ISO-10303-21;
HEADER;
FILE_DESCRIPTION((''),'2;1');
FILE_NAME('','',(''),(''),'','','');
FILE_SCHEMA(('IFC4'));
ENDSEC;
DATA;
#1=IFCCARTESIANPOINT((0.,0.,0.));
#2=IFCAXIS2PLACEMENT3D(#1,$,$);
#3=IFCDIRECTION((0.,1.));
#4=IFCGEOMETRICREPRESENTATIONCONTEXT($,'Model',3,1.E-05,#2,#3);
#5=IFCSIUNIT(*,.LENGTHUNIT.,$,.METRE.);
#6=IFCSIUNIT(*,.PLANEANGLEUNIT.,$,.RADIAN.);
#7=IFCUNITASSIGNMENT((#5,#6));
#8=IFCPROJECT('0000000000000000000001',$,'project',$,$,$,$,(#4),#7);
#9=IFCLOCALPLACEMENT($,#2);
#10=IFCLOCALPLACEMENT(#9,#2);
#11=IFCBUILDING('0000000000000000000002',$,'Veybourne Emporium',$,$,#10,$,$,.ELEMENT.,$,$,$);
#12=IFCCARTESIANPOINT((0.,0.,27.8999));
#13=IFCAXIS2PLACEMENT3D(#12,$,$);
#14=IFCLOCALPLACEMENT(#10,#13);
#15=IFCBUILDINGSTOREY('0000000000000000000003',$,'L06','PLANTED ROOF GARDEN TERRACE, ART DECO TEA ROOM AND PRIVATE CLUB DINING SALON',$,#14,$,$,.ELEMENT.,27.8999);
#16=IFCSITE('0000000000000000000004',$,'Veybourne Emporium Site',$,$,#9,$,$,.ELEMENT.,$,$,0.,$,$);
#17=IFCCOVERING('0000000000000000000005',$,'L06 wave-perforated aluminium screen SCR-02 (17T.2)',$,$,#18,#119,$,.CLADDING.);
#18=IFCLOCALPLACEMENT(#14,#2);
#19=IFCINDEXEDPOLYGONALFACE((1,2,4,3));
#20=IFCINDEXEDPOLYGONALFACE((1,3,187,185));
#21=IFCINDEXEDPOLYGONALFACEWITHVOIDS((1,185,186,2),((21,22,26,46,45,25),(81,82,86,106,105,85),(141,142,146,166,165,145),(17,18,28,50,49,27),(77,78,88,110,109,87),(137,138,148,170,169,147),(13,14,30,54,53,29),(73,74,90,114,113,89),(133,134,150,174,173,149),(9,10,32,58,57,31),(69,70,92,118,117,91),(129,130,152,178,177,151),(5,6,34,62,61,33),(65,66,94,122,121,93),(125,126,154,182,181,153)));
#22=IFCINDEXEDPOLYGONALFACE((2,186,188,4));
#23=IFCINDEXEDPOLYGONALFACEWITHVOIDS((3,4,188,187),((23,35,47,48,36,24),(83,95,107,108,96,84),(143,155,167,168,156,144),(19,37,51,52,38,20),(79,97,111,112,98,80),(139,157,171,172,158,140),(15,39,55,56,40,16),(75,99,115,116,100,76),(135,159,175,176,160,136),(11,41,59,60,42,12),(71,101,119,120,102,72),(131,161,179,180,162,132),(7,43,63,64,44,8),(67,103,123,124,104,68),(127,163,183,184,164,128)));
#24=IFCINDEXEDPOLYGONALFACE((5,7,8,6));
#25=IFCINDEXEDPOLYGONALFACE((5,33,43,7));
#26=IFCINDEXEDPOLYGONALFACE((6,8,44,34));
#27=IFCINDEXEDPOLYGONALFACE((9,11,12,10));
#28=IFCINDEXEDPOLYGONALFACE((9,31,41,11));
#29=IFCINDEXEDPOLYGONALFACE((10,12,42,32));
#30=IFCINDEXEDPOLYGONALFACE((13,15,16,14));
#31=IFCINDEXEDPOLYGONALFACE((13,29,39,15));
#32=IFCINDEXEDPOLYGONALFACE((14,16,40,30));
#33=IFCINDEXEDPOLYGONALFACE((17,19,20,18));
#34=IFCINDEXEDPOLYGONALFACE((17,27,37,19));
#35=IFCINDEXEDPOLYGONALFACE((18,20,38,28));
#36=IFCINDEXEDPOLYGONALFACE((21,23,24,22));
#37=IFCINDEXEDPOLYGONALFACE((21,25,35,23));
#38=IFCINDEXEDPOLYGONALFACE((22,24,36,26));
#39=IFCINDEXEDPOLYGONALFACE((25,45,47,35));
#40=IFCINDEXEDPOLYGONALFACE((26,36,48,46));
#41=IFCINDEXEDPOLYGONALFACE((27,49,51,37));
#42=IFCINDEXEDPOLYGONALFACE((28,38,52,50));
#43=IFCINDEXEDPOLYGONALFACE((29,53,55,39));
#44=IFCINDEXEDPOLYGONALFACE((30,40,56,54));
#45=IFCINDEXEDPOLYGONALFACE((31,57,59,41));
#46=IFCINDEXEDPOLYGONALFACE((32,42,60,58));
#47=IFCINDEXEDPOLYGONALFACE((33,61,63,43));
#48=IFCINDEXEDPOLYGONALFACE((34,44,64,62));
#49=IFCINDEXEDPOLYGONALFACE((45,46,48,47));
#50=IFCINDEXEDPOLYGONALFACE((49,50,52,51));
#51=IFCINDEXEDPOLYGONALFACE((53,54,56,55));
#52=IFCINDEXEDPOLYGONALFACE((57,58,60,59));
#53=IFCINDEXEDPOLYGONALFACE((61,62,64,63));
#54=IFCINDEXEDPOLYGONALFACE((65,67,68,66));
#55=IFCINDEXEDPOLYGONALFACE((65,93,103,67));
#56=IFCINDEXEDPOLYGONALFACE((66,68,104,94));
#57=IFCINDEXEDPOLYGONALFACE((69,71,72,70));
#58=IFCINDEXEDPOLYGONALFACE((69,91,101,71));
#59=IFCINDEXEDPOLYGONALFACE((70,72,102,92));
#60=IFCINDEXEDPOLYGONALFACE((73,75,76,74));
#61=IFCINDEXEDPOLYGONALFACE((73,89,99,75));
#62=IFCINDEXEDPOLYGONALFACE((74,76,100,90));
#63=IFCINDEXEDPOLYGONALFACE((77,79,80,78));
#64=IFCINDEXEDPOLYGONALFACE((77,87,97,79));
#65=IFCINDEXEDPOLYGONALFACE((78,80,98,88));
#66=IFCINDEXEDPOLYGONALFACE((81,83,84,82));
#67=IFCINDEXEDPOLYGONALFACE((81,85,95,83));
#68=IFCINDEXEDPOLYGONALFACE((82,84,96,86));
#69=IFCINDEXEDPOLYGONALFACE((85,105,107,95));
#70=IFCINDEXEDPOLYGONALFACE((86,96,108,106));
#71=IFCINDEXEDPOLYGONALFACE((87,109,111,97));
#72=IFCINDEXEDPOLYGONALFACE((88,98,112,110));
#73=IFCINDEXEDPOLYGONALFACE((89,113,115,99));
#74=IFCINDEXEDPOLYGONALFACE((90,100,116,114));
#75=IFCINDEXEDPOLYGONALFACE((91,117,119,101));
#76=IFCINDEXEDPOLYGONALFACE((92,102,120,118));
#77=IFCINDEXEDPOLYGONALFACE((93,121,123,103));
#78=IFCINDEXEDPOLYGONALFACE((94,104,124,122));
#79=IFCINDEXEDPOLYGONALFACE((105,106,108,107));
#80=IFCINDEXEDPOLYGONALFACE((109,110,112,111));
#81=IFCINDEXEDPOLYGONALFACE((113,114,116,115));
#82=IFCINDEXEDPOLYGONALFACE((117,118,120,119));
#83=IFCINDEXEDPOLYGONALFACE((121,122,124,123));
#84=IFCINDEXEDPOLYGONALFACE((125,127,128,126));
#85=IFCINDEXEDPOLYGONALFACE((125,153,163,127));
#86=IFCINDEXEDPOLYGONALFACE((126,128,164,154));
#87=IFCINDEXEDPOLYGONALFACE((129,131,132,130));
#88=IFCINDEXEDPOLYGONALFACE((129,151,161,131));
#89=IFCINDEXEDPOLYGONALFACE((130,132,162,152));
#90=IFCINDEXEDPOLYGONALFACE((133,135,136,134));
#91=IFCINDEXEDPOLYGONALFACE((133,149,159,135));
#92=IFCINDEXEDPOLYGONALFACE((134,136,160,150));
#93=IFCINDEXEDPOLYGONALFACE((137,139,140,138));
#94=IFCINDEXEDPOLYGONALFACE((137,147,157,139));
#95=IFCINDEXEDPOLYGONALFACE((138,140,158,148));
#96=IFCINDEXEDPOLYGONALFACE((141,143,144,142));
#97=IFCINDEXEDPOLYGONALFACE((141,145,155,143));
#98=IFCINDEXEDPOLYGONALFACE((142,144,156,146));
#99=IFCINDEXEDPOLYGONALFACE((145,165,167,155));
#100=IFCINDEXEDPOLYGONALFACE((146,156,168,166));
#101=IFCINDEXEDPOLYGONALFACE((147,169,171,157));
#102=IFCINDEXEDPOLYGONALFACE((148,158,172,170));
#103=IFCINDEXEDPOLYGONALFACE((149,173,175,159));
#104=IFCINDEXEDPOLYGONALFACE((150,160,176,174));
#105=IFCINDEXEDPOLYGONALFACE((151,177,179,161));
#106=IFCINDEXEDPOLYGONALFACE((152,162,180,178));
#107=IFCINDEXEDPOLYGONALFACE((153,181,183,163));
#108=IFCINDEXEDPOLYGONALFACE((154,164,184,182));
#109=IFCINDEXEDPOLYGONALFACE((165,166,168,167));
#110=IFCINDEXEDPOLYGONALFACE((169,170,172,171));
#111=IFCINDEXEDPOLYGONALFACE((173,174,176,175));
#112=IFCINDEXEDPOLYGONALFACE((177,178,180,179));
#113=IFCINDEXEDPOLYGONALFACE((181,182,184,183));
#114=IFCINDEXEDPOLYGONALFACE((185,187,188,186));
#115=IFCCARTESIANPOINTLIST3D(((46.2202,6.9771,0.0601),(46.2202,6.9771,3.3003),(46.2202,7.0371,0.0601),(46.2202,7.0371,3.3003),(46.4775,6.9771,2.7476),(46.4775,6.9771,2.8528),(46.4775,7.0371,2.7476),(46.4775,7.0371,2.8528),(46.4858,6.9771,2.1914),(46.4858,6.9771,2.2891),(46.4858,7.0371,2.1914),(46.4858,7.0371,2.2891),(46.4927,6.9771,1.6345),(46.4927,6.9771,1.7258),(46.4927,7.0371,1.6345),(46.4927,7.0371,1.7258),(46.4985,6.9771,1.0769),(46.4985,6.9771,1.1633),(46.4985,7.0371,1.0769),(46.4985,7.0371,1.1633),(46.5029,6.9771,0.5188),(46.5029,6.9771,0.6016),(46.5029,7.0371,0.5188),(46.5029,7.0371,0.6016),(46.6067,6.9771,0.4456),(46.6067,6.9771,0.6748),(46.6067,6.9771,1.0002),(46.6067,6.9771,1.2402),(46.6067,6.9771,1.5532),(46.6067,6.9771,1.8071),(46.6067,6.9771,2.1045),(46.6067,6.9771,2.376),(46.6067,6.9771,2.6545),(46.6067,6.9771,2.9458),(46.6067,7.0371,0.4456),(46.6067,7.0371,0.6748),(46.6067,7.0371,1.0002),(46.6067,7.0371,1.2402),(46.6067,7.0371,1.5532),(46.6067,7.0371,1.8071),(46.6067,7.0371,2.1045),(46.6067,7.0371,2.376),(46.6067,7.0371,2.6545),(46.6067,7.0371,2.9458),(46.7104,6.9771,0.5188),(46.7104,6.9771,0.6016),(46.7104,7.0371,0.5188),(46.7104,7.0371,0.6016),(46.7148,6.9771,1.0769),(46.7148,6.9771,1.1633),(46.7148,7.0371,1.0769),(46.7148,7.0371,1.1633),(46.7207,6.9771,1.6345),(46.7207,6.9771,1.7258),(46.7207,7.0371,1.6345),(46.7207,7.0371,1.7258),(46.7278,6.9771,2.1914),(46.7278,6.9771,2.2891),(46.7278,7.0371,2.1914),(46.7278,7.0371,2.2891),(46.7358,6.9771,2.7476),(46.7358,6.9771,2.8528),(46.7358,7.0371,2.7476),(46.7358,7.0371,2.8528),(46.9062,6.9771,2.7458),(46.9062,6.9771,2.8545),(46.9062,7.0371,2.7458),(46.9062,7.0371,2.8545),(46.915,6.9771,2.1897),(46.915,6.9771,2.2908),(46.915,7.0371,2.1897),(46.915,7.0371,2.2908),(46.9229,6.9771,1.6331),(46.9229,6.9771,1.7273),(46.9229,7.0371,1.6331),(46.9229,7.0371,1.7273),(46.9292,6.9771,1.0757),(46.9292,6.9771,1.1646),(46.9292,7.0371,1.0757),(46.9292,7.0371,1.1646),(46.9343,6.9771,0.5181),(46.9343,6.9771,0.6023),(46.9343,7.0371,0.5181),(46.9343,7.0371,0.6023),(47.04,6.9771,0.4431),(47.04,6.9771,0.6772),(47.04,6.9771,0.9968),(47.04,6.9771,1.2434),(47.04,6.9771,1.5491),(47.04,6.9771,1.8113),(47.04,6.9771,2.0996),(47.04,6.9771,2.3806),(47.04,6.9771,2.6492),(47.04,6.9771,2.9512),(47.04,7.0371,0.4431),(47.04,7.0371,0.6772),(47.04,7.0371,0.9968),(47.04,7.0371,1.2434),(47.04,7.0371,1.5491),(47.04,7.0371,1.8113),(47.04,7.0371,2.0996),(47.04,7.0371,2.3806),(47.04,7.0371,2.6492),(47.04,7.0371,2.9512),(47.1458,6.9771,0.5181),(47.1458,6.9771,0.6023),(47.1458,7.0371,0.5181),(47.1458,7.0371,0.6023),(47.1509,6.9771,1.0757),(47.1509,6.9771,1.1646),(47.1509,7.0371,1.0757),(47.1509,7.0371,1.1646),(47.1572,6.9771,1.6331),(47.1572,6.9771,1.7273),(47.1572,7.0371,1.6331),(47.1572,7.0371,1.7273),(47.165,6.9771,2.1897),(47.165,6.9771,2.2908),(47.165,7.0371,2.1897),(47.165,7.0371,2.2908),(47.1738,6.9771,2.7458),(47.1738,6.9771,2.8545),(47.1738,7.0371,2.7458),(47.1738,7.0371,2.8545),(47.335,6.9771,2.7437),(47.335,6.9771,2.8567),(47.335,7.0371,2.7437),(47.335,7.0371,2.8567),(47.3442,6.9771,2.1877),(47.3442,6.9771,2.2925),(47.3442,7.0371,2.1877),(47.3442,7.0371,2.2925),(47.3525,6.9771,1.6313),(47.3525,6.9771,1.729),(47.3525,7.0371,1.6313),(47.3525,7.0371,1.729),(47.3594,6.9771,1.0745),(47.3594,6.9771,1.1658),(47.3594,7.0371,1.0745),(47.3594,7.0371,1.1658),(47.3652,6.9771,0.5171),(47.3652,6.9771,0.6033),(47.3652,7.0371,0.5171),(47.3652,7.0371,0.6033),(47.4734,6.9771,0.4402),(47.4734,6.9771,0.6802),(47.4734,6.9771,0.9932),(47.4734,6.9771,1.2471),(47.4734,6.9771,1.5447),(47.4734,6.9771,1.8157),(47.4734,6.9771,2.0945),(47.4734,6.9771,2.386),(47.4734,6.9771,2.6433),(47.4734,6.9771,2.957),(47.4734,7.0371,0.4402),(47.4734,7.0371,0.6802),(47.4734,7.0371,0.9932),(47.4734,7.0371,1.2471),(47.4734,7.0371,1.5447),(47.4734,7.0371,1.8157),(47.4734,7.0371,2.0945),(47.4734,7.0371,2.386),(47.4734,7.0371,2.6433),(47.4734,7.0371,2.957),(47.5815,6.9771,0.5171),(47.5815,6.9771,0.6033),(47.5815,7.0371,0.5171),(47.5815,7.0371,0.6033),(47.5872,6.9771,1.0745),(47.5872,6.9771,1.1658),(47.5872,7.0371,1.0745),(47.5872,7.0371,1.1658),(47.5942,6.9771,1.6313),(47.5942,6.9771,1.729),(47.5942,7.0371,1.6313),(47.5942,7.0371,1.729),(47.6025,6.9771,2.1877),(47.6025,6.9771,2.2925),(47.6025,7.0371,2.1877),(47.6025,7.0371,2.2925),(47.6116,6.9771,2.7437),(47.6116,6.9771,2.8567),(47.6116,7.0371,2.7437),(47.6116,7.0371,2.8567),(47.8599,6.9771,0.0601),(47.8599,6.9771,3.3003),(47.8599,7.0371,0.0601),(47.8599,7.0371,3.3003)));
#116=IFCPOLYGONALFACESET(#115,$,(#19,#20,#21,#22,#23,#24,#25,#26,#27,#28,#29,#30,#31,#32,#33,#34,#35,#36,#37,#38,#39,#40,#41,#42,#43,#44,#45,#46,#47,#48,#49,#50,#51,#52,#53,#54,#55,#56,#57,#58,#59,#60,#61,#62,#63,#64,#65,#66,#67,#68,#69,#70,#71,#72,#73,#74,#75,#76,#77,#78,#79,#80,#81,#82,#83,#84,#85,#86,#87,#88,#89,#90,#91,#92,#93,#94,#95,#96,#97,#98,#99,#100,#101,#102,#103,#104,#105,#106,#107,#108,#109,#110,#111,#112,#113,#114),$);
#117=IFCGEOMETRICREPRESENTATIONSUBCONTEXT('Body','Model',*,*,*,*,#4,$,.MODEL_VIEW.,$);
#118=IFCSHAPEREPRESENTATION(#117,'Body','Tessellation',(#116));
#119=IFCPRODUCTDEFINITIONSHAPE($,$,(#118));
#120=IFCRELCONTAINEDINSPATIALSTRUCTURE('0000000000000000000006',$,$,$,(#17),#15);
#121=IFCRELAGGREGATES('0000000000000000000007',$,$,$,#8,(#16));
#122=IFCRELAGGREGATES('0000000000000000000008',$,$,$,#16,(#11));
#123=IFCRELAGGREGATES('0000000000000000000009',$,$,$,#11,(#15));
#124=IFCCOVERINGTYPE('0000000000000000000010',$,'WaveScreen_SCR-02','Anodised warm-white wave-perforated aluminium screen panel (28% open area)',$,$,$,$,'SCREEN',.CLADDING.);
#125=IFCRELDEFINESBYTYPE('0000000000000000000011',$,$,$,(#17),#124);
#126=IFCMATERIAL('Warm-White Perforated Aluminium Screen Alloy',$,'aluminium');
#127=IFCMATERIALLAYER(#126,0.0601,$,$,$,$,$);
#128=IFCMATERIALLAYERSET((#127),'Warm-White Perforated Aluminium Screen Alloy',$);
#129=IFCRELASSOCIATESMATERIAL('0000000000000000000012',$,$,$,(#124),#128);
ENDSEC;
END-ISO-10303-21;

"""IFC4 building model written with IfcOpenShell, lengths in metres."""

from ifc_helpers import new_model, si_unit, direction, frame, origin, place, context, subcontext, project, spatial, polyline, outline, extrude, material, layer, layer_set, type_object, element, save


model = new_model("IFC4")

# Units and contexts
model_context = context("Model", 3, precision=1e-05, world=origin(), true_north=direction((0.0, 1.0)))
body_context = subcontext(model_context, "Body", "Model", "MODEL_VIEW")
ifc_project = project(units=[si_unit("LENGTHUNIT", "METRE"), si_unit("PLANEANGLEUNIT", "RADIAN")], contexts=[model_context])

# Site, building, storey
site_placement = place(None, origin())
site = spatial("IfcSite", under=ifc_project, at=site_placement, Name="Veybourne Emporium Site", CompositionType="ELEMENT", RefElevation=0.0)
building_placement = place(site_placement, origin())
building = spatial("IfcBuilding", under=site, at=building_placement, Name="Veybourne Emporium", CompositionType="ELEMENT")
storey_placement = place(building_placement, frame((0.0, 0.0, 27.8999)))
storey = spatial("IfcBuildingStorey", under=building, at=storey_placement, Name="L06", Description="PLANTED ROOF GARDEN TERRACE, ART DECO TEA ROOM AND PRIVATE CLUB DINING SALON", CompositionType="ELEMENT", Elevation=27.8999)

# Covering
ifc_material_1 = material(Name="Warm-White Perforated Aluminium Screen Alloy", Category="aluminium")
ifc_layer_1 = layer(ifc_material_1, 0.0601)
ifc_layer_set_1 = layer_set([ifc_layer_1], Name="Warm-White Perforated Aluminium Screen Alloy")
covering_type_1 = type_object("IfcCoveringType", Name="WaveScreen_SCR-02", Description="Anodised warm-white wave-perforated aluminium screen panel (28% open area)", ElementType="SCREEN", PredefinedType="CLADDING", material=ifc_layer_set_1)
covering_1_placement = place(storey_placement, frame((47.04, 6.9771, 1.6802), z_axis=(0.0, 1.0, 0.0), x_axis=(-1.0, 0.0, 0.0)))
element("IfcCovering", 1, at=covering_1_placement, inside=storey, type_object=covering_type_1, Name="L06 wave-perforated aluminium screen SCR-02 (17T.2)", PredefinedType="CLADDING", context=body_context, shape_type="SweptSolid", body=[
    extrude(outline(polyline([(-0.8198, -1.6201), (0.8198, -1.6201), (0.8198, 1.6201), (-0.8198, 1.6201), (-0.8198, -1.6201)]), holes=[polyline([(-0.4333, -1.0), (-0.3252, -1.0769), (-0.3252, -1.1631), (-0.4333, -1.24), (-0.5415, -1.1631), (-0.5415, -1.0769), (-0.4333, -1.0)]), polyline([(-0.4333, -0.4331), (-0.3193, -0.5144), (-0.3193, -0.6057), (-0.4333, -0.687), (-0.5471, -0.6057), (-0.5471, -0.5144), (-0.4333, -0.4331)]), polyline([(-0.4333, 0.1355), (-0.3125, 0.0488), (-0.3125, -0.0488), (-0.4333, -0.1355), (-0.5542, -0.0488), (-0.5542, 0.0488), (-0.4333, 0.1355)]), polyline([(-0.4333, 0.7058), (-0.3042, 0.6123), (-0.3042, 0.5076), (-0.4333, 0.4143), (-0.5625, 0.5076), (-0.5625, 0.6123), (-0.4333, 0.7058)]), polyline([(-0.4333, 1.2769), (-0.2949, 1.1765), (-0.2949, 1.0635), (-0.4333, 0.9631), (-0.5715, 1.0635), (-0.5715, 1.1765), (-0.4333, 1.2769)]), polyline([(0.0, -1.0029), (0.1057, -1.0779), (0.1057, -1.1621), (0.0, -1.2371), (-0.1057, -1.1621), (-0.1057, -1.0779), (0.0, -1.0029)]), polyline([(0.0, -0.4368), (0.1108, -0.5156), (0.1108, -0.6045), (0.0, -0.6833), (-0.1108, -0.6045), (-0.1108, -0.5156), (0.0, -0.4368)]), polyline([(0.0, 0.1311), (0.1172, 0.0471), (0.1172, -0.0471), (0.0, -0.1311), (-0.1172, -0.0471), (-0.1172, 0.0471), (0.0, 0.1311)]), polyline([(0.0, 0.7004), (0.125, 0.6106), (0.125, 0.5095), (0.0, 0.4194), (-0.125, 0.5095), (-0.125, 0.6106), (0.0, 0.7004)]), polyline([(0.0, 1.271), (0.1338, 1.1743), (0.1338, 1.0657), (0.0, 0.969), (-0.1338, 1.0657), (-0.1338, 1.1743), (0.0, 1.271)]), polyline([(0.4333, -1.0054), (0.5371, -1.0786), (0.5371, -1.1614), (0.4333, -1.2346), (0.3296, -1.1614), (0.3296, -1.0786), (0.4333, -1.0054)]), polyline([(0.4333, -0.4399), (0.5415, -0.5168), (0.5415, -0.6033), (0.4333, -0.6799), (0.3252, -0.6033), (0.3252, -0.5168), (0.4333, -0.4399)]), polyline([(0.4333, 0.127), (0.5474, 0.0457), (0.5474, -0.0457), (0.4333, -0.127), (0.3193, -0.0457), (0.3193, 0.0457), (0.4333, 0.127)]), polyline([(0.4333, 0.6958), (0.5542, 0.6089), (0.5542, 0.5112), (0.4333, 0.4243), (0.3123, 0.5112), (0.3123, 0.6089), (0.4333, 0.6958)]), polyline([(0.4333, 1.2656), (0.5625, 1.1726), (0.5625, 1.0674), (0.4333, 0.9744), (0.3042, 1.0674), (0.3042, 1.1726), (0.4333, 1.2656)])]), origin(), (0.0, 0.0, 1.0), 0.0601),
])

save(model, "model.ifc")
